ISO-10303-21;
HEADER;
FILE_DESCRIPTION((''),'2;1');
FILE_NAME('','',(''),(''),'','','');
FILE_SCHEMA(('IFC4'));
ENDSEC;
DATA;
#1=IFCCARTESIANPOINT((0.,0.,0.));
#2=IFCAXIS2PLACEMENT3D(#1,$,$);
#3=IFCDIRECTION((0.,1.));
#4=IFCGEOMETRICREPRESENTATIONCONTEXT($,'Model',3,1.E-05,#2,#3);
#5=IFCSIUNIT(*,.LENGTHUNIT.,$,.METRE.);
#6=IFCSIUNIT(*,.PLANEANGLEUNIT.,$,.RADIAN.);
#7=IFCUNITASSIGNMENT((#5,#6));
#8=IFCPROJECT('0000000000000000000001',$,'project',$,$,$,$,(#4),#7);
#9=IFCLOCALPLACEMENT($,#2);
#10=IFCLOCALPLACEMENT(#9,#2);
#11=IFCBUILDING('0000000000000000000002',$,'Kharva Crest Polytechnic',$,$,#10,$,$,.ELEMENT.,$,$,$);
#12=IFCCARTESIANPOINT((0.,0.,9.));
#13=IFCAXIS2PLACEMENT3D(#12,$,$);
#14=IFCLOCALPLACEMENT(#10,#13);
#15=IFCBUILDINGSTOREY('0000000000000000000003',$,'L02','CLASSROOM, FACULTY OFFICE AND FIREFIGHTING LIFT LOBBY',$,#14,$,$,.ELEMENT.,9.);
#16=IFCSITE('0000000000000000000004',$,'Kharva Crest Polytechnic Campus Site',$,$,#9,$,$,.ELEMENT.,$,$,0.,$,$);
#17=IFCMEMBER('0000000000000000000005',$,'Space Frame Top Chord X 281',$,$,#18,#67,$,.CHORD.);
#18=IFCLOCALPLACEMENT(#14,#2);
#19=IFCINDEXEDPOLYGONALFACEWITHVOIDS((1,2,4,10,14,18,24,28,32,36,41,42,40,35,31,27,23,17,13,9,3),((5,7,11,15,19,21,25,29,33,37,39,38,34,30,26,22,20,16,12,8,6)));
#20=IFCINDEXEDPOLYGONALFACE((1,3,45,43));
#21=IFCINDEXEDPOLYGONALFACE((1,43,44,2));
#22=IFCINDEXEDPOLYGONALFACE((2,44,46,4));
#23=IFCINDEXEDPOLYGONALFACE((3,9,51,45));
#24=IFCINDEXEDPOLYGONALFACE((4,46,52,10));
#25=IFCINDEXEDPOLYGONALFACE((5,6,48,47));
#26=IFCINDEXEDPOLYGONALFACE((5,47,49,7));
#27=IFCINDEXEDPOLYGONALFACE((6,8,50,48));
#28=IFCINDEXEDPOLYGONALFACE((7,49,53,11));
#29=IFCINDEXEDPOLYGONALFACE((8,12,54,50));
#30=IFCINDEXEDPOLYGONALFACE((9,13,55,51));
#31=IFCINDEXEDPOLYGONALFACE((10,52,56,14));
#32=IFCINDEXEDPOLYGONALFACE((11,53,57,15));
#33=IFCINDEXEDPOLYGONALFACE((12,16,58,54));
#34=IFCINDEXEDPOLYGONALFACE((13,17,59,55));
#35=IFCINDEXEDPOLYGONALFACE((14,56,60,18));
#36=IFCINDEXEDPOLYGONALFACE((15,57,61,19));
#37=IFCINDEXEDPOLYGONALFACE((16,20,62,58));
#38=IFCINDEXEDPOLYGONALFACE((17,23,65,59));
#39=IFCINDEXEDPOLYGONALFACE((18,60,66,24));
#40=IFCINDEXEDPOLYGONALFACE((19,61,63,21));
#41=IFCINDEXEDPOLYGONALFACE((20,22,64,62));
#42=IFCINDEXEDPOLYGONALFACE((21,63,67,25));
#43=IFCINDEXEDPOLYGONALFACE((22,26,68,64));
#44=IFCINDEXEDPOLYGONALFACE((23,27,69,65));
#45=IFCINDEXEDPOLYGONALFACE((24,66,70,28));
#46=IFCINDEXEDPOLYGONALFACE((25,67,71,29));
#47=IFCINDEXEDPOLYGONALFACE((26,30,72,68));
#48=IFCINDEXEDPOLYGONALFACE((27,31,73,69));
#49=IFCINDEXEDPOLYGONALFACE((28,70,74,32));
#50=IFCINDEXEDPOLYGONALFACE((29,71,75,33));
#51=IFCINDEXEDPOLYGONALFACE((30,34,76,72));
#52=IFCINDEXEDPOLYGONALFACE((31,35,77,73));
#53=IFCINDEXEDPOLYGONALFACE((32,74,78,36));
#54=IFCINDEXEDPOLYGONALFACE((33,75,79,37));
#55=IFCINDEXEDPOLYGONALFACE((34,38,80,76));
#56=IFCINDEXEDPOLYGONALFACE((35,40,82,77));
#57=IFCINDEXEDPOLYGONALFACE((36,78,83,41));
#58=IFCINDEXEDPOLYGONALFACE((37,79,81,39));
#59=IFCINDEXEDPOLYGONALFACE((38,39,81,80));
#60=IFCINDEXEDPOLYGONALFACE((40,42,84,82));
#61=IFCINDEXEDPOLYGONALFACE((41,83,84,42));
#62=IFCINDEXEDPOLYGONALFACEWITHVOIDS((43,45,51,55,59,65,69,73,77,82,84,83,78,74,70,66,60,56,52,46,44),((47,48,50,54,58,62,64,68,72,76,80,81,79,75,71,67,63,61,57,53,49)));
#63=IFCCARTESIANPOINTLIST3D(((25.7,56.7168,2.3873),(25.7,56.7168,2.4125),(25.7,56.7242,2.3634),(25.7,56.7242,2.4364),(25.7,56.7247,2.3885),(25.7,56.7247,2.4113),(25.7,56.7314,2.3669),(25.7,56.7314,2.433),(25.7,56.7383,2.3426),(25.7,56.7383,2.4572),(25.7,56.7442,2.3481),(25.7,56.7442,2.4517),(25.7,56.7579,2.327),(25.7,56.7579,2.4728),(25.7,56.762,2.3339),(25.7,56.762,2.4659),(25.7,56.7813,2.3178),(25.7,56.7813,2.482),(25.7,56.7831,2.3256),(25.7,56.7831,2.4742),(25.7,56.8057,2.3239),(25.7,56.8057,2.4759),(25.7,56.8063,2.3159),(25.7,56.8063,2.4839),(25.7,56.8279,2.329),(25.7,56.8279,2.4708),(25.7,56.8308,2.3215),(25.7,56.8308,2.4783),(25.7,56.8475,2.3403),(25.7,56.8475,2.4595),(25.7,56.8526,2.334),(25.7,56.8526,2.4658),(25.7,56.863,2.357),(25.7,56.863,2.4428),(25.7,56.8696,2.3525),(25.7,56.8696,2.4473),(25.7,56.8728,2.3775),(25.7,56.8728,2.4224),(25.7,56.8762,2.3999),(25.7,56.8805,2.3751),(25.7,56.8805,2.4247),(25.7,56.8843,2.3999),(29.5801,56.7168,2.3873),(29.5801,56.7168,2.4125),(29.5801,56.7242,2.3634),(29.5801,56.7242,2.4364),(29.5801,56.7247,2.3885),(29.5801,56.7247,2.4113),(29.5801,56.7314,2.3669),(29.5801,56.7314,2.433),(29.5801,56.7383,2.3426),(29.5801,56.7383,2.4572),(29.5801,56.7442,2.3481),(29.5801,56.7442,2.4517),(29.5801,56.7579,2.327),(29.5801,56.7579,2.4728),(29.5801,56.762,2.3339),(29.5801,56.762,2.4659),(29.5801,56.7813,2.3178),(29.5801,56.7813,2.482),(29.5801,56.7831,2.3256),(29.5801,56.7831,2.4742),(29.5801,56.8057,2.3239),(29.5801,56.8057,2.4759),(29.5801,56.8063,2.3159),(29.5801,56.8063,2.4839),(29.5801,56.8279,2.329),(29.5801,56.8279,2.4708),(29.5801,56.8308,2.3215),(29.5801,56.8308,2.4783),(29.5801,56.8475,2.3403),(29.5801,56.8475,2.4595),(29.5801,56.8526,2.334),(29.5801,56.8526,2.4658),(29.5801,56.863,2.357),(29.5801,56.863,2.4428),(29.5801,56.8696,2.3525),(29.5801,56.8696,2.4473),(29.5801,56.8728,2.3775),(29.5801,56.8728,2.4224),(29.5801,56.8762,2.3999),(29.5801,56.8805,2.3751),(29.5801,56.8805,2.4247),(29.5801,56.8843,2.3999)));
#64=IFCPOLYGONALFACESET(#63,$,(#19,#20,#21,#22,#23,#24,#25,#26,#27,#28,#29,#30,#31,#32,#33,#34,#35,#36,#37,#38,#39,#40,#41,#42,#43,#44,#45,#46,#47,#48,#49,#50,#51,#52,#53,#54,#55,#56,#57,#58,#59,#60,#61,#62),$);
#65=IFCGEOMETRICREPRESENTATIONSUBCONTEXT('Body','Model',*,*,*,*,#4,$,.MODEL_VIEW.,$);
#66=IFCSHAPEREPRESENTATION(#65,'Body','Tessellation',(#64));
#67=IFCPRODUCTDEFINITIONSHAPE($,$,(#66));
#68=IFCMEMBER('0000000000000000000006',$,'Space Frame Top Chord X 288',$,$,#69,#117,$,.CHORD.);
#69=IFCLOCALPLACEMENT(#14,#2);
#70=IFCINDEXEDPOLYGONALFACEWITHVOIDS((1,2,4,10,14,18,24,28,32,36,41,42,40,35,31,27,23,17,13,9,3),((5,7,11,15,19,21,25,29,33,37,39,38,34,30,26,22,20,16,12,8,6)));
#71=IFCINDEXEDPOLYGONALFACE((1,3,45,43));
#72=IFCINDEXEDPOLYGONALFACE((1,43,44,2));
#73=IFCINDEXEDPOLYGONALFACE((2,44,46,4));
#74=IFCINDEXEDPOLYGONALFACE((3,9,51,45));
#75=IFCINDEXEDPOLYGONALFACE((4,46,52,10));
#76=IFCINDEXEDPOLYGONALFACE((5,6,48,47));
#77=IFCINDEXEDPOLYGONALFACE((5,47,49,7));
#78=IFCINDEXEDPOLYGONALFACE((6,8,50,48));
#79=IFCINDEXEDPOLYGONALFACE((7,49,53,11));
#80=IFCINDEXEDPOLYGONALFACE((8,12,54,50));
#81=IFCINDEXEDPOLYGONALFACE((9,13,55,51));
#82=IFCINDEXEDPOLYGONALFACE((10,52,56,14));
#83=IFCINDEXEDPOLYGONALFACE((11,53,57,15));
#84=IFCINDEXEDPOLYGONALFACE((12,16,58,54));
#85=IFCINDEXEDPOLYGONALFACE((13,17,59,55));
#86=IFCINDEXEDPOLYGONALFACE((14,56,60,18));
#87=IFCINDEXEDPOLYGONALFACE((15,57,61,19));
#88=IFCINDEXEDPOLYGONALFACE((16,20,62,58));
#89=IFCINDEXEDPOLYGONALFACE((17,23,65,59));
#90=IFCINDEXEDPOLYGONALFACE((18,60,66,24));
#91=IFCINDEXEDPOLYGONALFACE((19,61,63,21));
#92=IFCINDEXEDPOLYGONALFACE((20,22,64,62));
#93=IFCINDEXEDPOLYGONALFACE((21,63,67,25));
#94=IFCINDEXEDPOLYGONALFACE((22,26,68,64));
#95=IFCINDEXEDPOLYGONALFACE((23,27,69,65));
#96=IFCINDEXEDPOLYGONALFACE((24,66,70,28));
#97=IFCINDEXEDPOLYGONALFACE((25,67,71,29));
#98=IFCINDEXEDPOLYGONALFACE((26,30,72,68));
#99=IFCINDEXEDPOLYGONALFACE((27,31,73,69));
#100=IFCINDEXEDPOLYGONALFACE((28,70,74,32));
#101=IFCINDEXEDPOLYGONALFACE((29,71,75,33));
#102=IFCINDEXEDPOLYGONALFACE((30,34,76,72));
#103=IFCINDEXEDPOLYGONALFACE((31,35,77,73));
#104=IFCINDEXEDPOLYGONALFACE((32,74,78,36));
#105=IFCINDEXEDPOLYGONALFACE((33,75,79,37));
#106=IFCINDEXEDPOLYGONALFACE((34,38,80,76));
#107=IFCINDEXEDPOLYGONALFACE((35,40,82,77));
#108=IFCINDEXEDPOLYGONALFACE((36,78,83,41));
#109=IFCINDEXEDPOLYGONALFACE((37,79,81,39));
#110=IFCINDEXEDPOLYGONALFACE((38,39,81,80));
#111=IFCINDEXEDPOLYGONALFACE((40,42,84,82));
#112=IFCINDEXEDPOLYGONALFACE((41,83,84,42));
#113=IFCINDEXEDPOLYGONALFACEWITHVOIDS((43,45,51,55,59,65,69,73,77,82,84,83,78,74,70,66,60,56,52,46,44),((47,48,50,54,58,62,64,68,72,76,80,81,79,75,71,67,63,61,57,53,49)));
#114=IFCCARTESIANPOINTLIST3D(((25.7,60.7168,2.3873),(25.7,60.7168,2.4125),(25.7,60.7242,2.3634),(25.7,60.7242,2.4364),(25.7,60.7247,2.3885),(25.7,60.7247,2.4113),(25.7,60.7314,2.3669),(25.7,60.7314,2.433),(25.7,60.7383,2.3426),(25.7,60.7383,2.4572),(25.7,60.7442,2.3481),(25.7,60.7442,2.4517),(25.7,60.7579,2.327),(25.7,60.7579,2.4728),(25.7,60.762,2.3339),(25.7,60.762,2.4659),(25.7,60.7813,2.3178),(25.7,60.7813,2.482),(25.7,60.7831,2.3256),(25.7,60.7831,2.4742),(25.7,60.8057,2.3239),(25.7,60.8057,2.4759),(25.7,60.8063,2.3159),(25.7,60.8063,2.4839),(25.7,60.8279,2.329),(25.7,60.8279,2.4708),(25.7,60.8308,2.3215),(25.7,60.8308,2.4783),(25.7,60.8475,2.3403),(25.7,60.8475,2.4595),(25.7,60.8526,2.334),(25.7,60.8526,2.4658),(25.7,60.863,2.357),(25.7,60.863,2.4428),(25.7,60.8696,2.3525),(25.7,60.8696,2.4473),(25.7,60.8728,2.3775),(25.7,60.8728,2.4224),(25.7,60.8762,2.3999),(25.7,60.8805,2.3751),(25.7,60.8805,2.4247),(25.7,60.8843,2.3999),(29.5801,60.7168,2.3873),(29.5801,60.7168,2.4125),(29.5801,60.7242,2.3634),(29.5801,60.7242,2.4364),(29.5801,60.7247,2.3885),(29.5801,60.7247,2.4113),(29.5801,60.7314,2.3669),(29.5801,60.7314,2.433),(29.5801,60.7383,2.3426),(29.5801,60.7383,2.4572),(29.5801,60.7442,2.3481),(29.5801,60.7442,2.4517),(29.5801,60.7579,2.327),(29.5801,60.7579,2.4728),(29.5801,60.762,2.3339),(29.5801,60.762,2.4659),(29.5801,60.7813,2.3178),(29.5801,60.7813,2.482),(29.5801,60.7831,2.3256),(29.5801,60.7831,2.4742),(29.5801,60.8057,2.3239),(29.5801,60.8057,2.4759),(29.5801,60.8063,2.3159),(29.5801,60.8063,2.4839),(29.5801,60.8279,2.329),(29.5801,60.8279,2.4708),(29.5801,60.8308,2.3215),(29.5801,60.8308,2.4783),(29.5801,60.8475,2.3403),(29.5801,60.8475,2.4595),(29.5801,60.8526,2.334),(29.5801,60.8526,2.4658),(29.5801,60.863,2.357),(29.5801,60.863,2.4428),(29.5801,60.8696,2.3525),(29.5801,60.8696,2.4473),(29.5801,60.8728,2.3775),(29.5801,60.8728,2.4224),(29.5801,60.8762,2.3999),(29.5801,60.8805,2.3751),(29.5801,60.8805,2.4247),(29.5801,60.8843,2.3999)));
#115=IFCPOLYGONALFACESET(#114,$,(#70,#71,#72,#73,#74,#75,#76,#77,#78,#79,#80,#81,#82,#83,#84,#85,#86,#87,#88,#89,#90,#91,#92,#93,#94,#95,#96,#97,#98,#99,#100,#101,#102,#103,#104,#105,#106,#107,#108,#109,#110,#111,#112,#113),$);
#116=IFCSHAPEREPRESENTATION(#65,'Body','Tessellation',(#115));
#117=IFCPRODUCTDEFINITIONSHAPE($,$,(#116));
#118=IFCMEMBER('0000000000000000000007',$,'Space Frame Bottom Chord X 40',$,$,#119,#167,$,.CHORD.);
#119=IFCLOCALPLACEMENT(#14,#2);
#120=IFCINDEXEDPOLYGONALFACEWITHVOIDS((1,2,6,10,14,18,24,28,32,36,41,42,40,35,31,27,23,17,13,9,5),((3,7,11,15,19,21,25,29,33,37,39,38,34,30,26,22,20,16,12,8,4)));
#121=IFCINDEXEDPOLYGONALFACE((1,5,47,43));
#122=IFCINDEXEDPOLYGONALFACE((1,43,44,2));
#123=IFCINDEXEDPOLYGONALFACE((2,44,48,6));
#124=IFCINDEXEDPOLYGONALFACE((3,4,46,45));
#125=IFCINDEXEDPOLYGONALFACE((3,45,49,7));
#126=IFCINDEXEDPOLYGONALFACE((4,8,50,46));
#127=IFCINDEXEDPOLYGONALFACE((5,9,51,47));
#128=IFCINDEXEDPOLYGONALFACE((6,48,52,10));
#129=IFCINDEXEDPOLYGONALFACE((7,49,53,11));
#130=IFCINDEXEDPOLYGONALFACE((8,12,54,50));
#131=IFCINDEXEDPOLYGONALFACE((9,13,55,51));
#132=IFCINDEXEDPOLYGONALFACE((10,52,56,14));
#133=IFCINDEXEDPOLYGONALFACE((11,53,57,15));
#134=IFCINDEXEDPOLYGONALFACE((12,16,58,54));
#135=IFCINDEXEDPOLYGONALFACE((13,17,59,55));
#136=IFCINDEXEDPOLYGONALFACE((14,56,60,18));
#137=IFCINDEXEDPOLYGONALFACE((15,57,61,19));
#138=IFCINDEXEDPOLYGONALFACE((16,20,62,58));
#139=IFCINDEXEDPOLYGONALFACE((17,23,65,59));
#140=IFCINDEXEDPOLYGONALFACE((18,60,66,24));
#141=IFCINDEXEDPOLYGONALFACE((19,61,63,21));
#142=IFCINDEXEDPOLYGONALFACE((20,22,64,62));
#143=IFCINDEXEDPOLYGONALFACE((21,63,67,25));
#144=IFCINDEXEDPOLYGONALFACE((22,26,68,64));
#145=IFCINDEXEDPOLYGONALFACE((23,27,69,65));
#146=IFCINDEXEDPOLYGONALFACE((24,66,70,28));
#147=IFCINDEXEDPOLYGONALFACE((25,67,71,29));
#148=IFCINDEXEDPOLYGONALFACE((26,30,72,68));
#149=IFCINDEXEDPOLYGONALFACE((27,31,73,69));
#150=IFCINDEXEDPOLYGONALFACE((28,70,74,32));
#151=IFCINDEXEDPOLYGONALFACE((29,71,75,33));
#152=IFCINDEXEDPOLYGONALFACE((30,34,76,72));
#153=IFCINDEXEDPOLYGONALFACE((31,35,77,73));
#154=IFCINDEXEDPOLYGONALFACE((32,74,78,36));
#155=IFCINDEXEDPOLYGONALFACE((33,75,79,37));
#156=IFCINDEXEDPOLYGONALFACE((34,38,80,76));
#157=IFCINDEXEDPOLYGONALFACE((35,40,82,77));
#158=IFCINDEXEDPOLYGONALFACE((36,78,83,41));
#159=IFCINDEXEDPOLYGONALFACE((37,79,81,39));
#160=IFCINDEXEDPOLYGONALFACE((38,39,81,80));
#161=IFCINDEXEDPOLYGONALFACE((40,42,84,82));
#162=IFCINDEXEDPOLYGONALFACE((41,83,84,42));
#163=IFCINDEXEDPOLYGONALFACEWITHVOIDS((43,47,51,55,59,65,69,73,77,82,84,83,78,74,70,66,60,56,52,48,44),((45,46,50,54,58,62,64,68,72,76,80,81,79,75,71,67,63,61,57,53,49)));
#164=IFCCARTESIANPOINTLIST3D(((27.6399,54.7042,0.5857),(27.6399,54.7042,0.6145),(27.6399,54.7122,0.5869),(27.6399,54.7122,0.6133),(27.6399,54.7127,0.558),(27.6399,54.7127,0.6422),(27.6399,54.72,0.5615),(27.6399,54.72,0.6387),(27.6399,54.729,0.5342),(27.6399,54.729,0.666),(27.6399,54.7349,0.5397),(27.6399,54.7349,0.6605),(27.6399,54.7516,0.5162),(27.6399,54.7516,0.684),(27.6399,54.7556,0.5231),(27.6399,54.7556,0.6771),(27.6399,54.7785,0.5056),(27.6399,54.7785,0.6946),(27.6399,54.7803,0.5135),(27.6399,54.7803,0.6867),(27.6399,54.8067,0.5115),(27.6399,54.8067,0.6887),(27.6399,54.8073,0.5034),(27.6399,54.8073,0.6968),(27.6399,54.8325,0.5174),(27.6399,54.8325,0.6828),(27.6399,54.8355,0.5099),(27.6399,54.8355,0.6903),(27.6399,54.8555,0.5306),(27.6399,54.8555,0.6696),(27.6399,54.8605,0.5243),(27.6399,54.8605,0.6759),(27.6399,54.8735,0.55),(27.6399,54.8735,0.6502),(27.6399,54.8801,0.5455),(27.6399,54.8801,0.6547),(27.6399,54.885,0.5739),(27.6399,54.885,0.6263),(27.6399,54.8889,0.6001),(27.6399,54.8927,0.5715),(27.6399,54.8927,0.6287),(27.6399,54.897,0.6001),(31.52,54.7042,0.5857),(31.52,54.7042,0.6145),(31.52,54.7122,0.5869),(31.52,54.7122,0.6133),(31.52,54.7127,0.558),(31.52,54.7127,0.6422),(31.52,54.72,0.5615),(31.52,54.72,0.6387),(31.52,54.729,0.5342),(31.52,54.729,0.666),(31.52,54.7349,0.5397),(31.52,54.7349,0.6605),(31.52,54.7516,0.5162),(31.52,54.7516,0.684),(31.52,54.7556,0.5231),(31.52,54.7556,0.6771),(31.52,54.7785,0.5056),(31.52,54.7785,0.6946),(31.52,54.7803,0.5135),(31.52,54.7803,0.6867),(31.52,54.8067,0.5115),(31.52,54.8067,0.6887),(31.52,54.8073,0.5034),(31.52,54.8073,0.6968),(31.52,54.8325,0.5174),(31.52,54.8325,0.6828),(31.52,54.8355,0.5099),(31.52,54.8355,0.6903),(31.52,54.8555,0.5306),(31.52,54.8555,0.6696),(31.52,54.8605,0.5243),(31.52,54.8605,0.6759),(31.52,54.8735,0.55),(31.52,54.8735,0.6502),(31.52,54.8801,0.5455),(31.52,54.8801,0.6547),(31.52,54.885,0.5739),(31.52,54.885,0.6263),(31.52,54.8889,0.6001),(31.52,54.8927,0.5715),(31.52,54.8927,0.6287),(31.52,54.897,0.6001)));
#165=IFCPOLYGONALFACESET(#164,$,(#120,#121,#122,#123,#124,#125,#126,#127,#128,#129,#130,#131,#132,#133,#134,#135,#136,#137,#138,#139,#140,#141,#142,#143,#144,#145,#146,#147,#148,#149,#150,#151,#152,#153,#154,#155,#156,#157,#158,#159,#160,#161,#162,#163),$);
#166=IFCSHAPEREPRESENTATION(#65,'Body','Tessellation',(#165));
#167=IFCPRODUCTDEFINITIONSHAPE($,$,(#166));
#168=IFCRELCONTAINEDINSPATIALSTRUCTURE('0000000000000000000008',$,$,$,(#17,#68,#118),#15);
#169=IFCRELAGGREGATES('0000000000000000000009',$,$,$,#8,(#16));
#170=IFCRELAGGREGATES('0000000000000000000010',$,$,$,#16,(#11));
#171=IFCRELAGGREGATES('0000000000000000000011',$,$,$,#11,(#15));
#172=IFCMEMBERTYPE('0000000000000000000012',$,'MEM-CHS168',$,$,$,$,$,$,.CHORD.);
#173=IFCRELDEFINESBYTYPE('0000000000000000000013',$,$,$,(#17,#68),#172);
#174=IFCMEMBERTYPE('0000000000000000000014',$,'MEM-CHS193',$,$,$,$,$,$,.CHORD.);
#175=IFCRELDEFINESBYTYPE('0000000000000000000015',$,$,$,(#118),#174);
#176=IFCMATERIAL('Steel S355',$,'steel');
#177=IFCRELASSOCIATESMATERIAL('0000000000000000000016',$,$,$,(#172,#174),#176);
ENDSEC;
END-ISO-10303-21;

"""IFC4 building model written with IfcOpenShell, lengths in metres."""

from ifc_helpers import new_model, si_unit, direction, frame, origin, origin_2d, place, context, subcontext, project, spatial, hollow_circle, extrude, material, material_profile, profile_set, type_object, element, save


model = new_model("IFC4")

# Units and contexts
model_context = context("Model", 3, precision=1e-05, world=origin(), true_north=direction((0.0, 1.0)))
body_context = subcontext(model_context, "Body", "Model", "MODEL_VIEW")
ifc_project = project(units=[si_unit("LENGTHUNIT", "METRE"), si_unit("PLANEANGLEUNIT", "RADIAN")], contexts=[model_context])

# Site, building, storey
site_placement = place(None, origin())
site = spatial("IfcSite", under=ifc_project, at=site_placement, Name="Kharva Crest Polytechnic Campus Site", CompositionType="ELEMENT", RefElevation=0.0)
building_placement = place(site_placement, origin())
building = spatial("IfcBuilding", under=site, at=building_placement, Name="Kharva Crest Polytechnic", CompositionType="ELEMENT")
storey_placement = place(building_placement, frame((0.0, 0.0, 9.0)))
storey = spatial("IfcBuildingStorey", under=building, at=storey_placement, Name="L02", Description="CLASSROOM, FACULTY OFFICE AND FIREFIGHTING LIFT LOBBY", CompositionType="ELEMENT", Elevation=9.0)

# Shared definitions
ifc_material_1 = material(Name="Steel S355", Category="steel")

# Members
ifc_material_profile_1 = material_profile(ifc_material_1, hollow_circle(Radius=0.0842, WallThickness=0.0081, at=origin_2d()), Name="CHS 168.3X8.0")
ifc_profile_set_1 = profile_set([ifc_material_profile_1], Name="Steel S355")
member_type_1 = type_object("IfcMemberType", Name="MEM-CHS168", PredefinedType="CHORD", material=ifc_profile_set_1)
for number, where, z_axis, x_axis, name in (
    (1, (25.7, 56.8, 2.3999), (1.0, 0.0, 0.0), (0.0, 1.0, 0.0), "Space Frame Top Chord X 281"),
    (2, (25.7, 60.8, 2.3999), (1.0, 0.0, 0.0), (0.0, 1.0, 0.0), "Space Frame Top Chord X 288"),
):
    element("IfcMember", number, at=place(storey_placement, frame(where, z_axis=z_axis, x_axis=x_axis)), inside=storey, type_object=member_type_1, Name=name, PredefinedType="CHORD", context=body_context, shape_type="SweptSolid", body=[
        extrude(hollow_circle(Radius=0.0842, WallThickness=0.0081, at=origin_2d()), origin(), (0.0, 0.0, 1.0), 3.8801),
    ])
ifc_material_profile_2 = material_profile(ifc_material_1, hollow_circle(Radius=0.0969, WallThickness=0.0081, at=origin_2d()), Name="CHS 193.7X8.0")
ifc_profile_set_2 = profile_set([ifc_material_profile_2], Name="Steel S355")
member_type_2 = type_object("IfcMemberType", Name="MEM-CHS193", PredefinedType="CHORD", material=ifc_profile_set_2)
for number, where, z_axis, x_axis, name in (
    (3, (27.6399, 54.8, 0.6001), (1.0, 0.0, 0.0), (0.0, 1.0, 0.0), "Space Frame Bottom Chord X 40"),
):
    element("IfcMember", number, at=place(storey_placement, frame(where, z_axis=z_axis, x_axis=x_axis)), inside=storey, type_object=member_type_2, Name=name, PredefinedType="CHORD", context=body_context, shape_type="SweptSolid", body=[
        extrude(hollow_circle(Radius=0.0969, WallThickness=0.0081, at=origin_2d()), origin(), (0.0, 0.0, 1.0), 3.8801),
    ])

save(model, "model.ifc")
